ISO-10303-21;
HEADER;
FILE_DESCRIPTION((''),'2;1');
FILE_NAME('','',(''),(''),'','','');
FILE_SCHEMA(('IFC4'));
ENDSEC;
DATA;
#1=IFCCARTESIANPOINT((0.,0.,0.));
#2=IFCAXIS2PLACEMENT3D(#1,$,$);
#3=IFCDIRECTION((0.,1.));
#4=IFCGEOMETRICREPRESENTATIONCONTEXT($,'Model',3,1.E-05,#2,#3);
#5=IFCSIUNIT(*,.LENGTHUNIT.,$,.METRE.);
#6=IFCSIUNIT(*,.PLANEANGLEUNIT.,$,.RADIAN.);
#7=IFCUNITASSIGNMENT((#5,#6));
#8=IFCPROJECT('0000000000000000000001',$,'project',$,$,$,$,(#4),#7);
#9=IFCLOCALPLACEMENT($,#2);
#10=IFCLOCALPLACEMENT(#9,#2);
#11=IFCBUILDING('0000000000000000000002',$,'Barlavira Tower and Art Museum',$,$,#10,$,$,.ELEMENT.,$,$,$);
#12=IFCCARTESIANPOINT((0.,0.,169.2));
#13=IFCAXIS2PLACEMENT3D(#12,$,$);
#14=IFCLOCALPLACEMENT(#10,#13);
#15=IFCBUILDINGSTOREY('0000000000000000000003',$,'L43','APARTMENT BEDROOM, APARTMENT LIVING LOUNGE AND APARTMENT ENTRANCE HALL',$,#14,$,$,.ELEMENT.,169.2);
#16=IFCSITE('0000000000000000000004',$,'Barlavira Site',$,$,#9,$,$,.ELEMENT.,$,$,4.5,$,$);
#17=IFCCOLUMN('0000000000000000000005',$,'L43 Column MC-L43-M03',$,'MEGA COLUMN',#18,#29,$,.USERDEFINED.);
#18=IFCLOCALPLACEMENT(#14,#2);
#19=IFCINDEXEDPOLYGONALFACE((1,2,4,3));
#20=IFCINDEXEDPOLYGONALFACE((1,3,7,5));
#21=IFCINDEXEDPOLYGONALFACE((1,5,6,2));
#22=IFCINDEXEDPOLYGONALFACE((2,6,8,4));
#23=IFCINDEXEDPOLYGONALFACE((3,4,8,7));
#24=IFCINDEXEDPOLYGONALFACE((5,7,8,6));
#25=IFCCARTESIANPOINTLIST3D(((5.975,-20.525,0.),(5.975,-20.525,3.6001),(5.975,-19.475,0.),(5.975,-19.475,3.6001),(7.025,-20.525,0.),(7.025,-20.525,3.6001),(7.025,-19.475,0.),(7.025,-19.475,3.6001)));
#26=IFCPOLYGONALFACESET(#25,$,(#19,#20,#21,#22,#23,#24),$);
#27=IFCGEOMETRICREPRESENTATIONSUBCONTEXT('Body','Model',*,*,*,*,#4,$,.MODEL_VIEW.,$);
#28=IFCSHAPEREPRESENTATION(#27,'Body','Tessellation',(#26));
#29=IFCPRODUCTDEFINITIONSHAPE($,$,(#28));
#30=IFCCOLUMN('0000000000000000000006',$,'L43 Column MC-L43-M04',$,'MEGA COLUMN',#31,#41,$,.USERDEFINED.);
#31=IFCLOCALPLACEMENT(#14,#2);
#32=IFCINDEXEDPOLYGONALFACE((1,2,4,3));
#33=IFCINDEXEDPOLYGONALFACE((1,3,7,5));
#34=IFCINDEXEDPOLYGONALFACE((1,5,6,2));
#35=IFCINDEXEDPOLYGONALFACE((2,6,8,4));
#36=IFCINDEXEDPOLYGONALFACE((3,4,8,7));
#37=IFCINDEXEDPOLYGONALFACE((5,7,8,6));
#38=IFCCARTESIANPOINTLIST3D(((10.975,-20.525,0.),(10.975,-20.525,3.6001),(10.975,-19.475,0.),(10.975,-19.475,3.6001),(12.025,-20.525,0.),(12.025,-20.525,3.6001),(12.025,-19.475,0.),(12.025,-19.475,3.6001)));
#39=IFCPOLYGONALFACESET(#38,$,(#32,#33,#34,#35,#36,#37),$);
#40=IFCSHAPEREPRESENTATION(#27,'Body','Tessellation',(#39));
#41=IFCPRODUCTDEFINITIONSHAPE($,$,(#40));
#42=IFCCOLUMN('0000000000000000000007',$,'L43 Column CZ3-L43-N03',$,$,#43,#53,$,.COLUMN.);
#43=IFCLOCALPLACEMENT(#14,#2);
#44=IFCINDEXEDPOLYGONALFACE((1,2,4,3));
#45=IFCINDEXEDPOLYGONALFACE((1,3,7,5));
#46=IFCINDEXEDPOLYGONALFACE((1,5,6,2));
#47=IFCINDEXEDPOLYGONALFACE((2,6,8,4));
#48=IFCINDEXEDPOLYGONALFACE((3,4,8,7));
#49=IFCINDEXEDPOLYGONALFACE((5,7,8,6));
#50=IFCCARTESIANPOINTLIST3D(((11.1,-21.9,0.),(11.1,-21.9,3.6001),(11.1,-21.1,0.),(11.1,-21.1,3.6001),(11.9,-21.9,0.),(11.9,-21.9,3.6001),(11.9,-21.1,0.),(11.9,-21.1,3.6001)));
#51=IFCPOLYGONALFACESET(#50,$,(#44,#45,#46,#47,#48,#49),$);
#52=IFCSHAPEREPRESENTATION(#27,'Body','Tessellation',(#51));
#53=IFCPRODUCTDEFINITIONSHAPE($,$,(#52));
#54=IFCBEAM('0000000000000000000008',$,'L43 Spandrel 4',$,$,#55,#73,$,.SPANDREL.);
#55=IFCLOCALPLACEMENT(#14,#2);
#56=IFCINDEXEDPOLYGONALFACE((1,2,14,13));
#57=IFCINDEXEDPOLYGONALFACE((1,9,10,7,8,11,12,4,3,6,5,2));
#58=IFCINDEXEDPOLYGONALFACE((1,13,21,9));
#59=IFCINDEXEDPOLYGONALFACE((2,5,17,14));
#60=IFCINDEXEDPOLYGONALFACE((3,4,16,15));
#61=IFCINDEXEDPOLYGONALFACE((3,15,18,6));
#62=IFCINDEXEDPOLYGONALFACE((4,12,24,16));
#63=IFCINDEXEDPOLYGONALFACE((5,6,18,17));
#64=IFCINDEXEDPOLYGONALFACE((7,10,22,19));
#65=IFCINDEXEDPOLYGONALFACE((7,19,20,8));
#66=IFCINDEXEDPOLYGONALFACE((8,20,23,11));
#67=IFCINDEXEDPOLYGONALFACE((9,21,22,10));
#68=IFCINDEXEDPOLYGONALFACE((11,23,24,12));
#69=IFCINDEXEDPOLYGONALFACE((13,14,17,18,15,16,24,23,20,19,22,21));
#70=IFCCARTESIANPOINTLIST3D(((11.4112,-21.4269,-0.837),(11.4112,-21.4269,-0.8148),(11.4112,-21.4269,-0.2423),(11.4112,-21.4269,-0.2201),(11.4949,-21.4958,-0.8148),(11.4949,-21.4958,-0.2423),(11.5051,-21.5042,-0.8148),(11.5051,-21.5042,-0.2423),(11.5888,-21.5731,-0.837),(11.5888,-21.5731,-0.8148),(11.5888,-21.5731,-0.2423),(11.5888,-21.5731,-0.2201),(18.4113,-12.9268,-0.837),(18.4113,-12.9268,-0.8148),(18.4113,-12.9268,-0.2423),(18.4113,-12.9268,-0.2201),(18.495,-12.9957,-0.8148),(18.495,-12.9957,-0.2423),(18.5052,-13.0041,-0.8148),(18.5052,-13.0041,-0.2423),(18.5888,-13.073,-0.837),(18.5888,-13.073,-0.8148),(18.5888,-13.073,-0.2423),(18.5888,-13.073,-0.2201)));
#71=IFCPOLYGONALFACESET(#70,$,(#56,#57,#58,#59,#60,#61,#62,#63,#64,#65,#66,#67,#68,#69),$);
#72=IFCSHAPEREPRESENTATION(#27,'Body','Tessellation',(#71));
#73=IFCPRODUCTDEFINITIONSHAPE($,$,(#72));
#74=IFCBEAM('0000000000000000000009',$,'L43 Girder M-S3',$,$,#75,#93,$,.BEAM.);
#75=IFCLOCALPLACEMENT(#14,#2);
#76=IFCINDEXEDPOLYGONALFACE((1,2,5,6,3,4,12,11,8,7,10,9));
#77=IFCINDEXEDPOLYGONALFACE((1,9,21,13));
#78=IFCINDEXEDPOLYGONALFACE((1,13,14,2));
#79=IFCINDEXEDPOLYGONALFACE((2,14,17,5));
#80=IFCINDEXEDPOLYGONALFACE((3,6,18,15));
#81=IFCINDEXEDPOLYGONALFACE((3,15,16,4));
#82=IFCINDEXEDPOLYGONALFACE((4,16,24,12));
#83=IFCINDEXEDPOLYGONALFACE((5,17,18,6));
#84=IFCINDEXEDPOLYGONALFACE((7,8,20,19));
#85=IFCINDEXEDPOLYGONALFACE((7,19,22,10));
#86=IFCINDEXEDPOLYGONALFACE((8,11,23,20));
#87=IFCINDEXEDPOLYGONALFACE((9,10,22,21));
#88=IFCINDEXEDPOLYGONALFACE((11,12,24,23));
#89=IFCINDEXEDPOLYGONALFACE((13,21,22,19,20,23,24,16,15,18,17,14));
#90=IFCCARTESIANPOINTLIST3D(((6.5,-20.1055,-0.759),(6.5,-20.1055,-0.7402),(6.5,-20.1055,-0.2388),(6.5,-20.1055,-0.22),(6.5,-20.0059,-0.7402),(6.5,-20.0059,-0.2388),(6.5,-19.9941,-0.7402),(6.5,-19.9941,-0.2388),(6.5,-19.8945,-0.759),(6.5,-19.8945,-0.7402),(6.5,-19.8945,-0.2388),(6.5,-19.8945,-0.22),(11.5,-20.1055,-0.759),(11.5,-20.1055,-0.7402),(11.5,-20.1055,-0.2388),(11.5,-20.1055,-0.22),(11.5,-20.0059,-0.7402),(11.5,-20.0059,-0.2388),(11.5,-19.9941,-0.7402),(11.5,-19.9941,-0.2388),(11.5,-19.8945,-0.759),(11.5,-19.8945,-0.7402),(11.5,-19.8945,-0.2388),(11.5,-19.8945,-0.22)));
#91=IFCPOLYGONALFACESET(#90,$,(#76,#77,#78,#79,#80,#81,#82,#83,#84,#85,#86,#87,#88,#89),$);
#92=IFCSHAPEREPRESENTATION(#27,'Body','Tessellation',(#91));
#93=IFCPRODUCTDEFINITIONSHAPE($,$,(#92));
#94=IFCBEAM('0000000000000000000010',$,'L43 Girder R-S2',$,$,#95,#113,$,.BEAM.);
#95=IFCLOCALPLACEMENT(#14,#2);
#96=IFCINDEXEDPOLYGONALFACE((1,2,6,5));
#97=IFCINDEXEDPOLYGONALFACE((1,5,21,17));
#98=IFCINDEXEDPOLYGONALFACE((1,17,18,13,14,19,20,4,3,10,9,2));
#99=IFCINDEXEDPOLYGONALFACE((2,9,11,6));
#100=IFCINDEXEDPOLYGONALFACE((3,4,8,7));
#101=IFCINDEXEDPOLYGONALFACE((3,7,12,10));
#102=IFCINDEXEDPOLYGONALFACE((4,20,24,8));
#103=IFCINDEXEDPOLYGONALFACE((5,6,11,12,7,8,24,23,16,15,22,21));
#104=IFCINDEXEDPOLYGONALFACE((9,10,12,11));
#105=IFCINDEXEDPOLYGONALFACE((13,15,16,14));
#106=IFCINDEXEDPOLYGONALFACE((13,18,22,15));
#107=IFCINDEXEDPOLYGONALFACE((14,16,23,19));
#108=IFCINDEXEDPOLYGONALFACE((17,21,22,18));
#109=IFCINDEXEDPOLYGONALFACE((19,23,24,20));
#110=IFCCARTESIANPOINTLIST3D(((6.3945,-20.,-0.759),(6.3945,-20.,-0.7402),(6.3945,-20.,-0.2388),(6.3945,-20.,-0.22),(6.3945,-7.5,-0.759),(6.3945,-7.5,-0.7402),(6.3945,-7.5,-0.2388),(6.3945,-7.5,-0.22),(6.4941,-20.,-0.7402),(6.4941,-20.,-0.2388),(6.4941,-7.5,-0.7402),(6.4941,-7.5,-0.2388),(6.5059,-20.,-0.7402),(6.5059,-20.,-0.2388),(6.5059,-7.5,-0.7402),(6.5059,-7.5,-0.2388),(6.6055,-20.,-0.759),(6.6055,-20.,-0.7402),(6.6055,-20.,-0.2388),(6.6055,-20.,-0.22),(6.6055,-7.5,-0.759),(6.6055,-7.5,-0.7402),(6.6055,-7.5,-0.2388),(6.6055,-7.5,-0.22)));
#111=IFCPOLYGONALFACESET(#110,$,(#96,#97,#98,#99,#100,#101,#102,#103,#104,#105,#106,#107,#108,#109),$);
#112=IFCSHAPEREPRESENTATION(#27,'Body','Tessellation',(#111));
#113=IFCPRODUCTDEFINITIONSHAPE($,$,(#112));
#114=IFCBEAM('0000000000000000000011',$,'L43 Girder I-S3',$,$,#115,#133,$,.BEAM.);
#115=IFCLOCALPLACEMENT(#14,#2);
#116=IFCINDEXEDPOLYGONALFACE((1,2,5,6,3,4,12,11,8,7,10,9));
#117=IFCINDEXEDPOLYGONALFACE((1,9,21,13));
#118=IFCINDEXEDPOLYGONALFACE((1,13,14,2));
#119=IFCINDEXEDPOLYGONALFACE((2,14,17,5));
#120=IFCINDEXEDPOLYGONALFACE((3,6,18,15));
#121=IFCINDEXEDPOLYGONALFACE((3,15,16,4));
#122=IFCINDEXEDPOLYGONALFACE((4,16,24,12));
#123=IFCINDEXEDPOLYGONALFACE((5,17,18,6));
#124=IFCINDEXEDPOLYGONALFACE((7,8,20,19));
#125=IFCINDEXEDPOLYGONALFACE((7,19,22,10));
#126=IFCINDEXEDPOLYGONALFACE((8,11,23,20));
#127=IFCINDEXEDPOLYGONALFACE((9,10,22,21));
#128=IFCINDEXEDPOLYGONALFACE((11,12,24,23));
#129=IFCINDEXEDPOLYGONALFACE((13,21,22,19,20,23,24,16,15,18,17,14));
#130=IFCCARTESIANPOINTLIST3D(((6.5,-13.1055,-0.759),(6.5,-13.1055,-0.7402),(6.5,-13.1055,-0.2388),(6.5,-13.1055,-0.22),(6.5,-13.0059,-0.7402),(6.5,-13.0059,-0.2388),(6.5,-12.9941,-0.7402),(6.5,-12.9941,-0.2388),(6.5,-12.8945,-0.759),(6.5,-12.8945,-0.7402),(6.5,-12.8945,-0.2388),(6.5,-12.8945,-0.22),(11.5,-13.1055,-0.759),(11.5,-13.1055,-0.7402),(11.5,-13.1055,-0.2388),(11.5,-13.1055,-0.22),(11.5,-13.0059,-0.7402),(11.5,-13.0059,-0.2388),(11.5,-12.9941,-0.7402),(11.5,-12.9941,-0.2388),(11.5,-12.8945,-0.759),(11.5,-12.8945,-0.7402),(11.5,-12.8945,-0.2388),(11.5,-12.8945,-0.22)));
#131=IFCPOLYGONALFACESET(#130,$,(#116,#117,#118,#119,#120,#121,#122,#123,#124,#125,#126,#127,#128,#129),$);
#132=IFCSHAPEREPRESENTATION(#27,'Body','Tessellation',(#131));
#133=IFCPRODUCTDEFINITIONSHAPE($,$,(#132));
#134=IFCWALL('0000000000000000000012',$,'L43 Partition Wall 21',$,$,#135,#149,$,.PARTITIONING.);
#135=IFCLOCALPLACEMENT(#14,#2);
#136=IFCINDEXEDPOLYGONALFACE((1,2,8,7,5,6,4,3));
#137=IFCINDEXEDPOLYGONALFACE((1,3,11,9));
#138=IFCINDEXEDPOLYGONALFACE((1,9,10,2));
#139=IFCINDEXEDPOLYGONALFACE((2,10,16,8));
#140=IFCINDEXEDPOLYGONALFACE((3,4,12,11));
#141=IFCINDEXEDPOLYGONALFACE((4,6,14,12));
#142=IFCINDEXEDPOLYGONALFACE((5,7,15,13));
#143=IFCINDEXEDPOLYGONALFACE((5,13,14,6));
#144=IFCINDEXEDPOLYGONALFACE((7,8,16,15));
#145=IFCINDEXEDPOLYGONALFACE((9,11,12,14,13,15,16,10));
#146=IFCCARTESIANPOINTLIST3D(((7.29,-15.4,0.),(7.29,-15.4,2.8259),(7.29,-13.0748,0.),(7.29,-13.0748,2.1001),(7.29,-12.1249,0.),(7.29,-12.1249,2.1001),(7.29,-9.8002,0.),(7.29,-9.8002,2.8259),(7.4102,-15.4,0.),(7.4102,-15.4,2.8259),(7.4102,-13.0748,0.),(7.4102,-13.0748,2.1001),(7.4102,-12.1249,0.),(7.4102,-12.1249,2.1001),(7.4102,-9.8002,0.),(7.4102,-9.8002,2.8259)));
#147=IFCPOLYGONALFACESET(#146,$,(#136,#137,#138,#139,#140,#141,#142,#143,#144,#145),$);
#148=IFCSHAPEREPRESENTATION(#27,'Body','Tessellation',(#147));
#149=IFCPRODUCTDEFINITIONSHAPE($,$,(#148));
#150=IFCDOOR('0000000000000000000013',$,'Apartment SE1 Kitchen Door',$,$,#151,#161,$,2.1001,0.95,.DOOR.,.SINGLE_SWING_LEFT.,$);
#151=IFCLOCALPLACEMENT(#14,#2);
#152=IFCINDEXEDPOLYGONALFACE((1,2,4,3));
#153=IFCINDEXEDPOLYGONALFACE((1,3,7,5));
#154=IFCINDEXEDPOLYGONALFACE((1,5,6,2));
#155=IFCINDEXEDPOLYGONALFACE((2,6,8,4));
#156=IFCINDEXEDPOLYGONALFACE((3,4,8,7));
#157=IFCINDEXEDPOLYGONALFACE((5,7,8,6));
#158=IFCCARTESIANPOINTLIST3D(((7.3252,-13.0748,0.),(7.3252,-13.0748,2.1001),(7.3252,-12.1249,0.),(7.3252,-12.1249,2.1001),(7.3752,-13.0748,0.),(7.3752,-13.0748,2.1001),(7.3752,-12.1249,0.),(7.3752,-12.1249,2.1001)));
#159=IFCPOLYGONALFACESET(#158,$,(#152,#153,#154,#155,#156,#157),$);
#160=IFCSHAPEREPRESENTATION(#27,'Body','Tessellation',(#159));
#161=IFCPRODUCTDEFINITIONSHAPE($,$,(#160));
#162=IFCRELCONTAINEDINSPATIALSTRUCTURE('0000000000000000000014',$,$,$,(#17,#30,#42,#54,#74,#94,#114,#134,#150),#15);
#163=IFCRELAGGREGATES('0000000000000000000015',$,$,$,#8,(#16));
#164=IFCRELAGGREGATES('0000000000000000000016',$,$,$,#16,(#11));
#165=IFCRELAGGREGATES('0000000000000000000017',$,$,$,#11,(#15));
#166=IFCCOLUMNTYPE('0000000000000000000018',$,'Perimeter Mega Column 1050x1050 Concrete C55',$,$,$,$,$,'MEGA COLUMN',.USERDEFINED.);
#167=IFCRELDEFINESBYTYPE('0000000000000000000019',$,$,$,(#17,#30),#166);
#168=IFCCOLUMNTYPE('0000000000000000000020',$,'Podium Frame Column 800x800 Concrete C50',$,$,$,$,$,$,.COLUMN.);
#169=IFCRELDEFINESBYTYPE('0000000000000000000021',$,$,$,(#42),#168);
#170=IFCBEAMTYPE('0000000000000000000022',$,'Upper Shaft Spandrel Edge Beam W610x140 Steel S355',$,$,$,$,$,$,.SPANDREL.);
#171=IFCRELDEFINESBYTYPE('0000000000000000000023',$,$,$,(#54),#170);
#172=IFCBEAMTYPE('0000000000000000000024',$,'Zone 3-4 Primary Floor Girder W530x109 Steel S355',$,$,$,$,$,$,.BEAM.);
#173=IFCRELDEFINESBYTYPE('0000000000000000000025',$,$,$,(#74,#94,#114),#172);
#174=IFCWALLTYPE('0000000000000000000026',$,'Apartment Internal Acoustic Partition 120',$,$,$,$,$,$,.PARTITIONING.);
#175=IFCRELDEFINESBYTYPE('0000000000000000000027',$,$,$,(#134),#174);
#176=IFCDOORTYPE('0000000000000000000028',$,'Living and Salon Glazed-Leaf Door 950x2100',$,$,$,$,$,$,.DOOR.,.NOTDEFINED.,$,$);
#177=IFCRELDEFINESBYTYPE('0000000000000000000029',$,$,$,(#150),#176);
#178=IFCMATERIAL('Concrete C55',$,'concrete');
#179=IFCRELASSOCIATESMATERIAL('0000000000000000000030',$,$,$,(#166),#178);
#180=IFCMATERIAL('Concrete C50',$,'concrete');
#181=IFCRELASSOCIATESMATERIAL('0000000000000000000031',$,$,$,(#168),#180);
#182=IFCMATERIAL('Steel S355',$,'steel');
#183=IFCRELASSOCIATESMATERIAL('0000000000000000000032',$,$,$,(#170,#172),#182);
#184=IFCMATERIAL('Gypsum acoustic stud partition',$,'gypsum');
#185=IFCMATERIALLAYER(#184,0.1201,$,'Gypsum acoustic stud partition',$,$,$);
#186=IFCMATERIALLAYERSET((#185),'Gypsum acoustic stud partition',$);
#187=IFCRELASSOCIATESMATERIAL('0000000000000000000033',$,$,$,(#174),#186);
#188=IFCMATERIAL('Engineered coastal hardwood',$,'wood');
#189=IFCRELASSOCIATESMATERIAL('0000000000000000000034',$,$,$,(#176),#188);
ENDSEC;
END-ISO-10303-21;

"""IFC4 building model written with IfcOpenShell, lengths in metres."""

from ifc_helpers import new_model, si_unit, direction, frame, frame_2d, origin, origin_2d, place, context, subcontext, project, spatial, rectangle, i_section, extrude, material, layer, layer_set, material_profile, profile_set, type_object, element, fill, save


model = new_model("IFC4")

# Units and contexts
model_context = context("Model", 3, precision=1e-05, world=origin(), true_north=direction((0.0, 1.0)))
body_context = subcontext(model_context, "Body", "Model", "MODEL_VIEW")
ifc_project = project(units=[si_unit("LENGTHUNIT", "METRE"), si_unit("PLANEANGLEUNIT", "RADIAN")], contexts=[model_context])

# Site, building, storey
site_placement = place(None, origin())
site = spatial("IfcSite", under=ifc_project, at=site_placement, Name="Barlavira Site", CompositionType="ELEMENT", RefElevation=4.5)
building_placement = place(site_placement, origin())
building = spatial("IfcBuilding", under=site, at=building_placement, Name="Barlavira Tower and Art Museum", CompositionType="ELEMENT")
storey_placement = place(building_placement, frame((0.0, 0.0, 169.2)))
storey = spatial("IfcBuildingStorey", under=building, at=storey_placement, Name="L43", Description="APARTMENT BEDROOM, APARTMENT LIVING LOUNGE AND APARTMENT ENTRANCE HALL", CompositionType="ELEMENT", Elevation=169.2)

# Columns
ifc_material_1 = material(Name="Concrete C55", Category="concrete")
ifc_material_profile_1 = material_profile(ifc_material_1, rectangle(XDim=1.05, YDim=1.05, at=origin_2d()), Name="RC-COL 1050x1050")
ifc_profile_set_1 = profile_set([ifc_material_profile_1], Name="Concrete C55")
column_type_1 = type_object("IfcColumnType", Name="Perimeter Mega Column 1050x1050 Concrete C55", ElementType="MEGA COLUMN", PredefinedType="USERDEFINED", material=ifc_profile_set_1)
for number, where, z_axis, x_axis, name in (
    (1, (6.5, -20.0, 0.0), (0.0, 0.0, 1.0), (1.0, 0.0, 0.0), "L43 Column MC-L43-M03"),
    (2, (11.5, -20.0, 0.0), (0.0, 0.0, 1.0), (1.0, 0.0, 0.0), "L43 Column MC-L43-M04"),
):
    element("IfcColumn", number, at=place(storey_placement, frame(where, z_axis=z_axis, x_axis=x_axis)), inside=storey, type_object=column_type_1, Name=name, ObjectType="MEGA COLUMN", PredefinedType="USERDEFINED", context=body_context, shape_type="SweptSolid", body=[
        extrude(rectangle(XDim=1.05, YDim=1.05, at=origin_2d()), origin(), (0.0, 0.0, 1.0), 3.6001),
    ])
ifc_material_2 = material(Name="Concrete C50", Category="concrete")
ifc_material_profile_2 = material_profile(ifc_material_2, rectangle(XDim=0.8, YDim=0.8, at=origin_2d()), Name="RC-COL 800x800")
ifc_profile_set_2 = profile_set([ifc_material_profile_2], Name="Concrete C50")
column_type_2 = type_object("IfcColumnType", Name="Podium Frame Column 800x800 Concrete C50", PredefinedType="COLUMN", material=ifc_profile_set_2)
column_placement = place(storey_placement, frame((11.5, -21.5, 0.0), z_axis=(0.0, 0.0, 1.0), x_axis=(1.0, 0.0, 0.0)))
element("IfcColumn", 3, at=column_placement, inside=storey, type_object=column_type_2, Name="L43 Column CZ3-L43-N03", PredefinedType="COLUMN", context=body_context, shape_type="SweptSolid", body=[
    extrude(rectangle(XDim=0.8, YDim=0.8, at=origin_2d()), origin(), (0.0, 0.0, 1.0), 3.6001),
])

# Beams
ifc_material_3 = material(Name="Steel S355", Category="steel")
ifc_material_profile_3 = material_profile(ifc_material_3, i_section(OverallWidth=0.23, OverallDepth=0.6169, WebThickness=0.0132, FlangeThickness=0.0222, at=origin_2d()), Name="W610x140.0")
ifc_profile_set_3 = profile_set([ifc_material_profile_3], Name="Steel S355")
beam_type_1 = type_object("IfcBeamType", Name="Upper Shaft Spandrel Edge Beam W610x140 Steel S355", PredefinedType="SPANDREL", material=ifc_profile_set_3)
beam_1_placement = place(storey_placement, frame((11.5, -21.5, -0.5286), z_axis=(0.635707, 0.77193, 0.0), x_axis=(-0.77193, 0.635707, 0.0)))
element("IfcBeam", 4, at=beam_1_placement, inside=storey, type_object=beam_type_1, Name="L43 Spandrel 4", PredefinedType="SPANDREL", context=body_context, shape_type="SweptSolid", body=[
    extrude(i_section(OverallWidth=0.23, OverallDepth=0.6169, WebThickness=0.0132, FlangeThickness=0.0222, at=origin_2d()), origin(), (0.0, 0.0, 1.0), 11.0115),
])
ifc_material_profile_4 = material_profile(ifc_material_3, i_section(OverallWidth=0.2109, OverallDepth=0.5391, WebThickness=0.0117, FlangeThickness=0.0188, at=origin_2d()), Name="W530x109.0")
ifc_profile_set_4 = profile_set([ifc_material_profile_4], Name="Steel S355")
beam_type_2 = type_object("IfcBeamType", Name="Zone 3-4 Primary Floor Girder W530x109 Steel S355", PredefinedType="BEAM", material=ifc_profile_set_4)
beam_2_placement = place(storey_placement, frame((6.5, -20.0, -0.4895), z_axis=(1.0, 0.0, 0.0), x_axis=(0.0, 1.0, 0.0)))
element("IfcBeam", 5, at=beam_2_placement, inside=storey, type_object=beam_type_2, Name="L43 Girder M-S3", PredefinedType="BEAM", context=body_context, shape_type="SweptSolid", body=[
    extrude(i_section(OverallWidth=0.2109, OverallDepth=0.5391, WebThickness=0.0117, FlangeThickness=0.0188, at=origin_2d()), origin(), (0.0, 0.0, 1.0), 5.0),
])
beam_3_placement = place(storey_placement, frame((6.5, -20.0, -0.4895), z_axis=(0.0, 1.0, 0.0), x_axis=(-1.0, 0.0, 0.0)))
element("IfcBeam", 6, at=beam_3_placement, inside=storey, type_object=beam_type_2, Name="L43 Girder R-S2", PredefinedType="BEAM", context=body_context, shape_type="SweptSolid", body=[
    extrude(i_section(OverallWidth=0.2109, OverallDepth=0.5391, WebThickness=0.0117, FlangeThickness=0.0188, at=origin_2d()), origin(), (0.0, 0.0, 1.0), 12.5),
])
beam_4_placement = place(storey_placement, frame((6.5, -13.0, -0.4895), z_axis=(1.0, 0.0, 0.0), x_axis=(0.0, 1.0, 0.0)))
element("IfcBeam", 7, at=beam_4_placement, inside=storey, type_object=beam_type_2, Name="L43 Girder I-S3", PredefinedType="BEAM", context=body_context, shape_type="SweptSolid", body=[
    extrude(i_section(OverallWidth=0.2109, OverallDepth=0.5391, WebThickness=0.0117, FlangeThickness=0.0188, at=origin_2d()), origin(), (0.0, 0.0, 1.0), 5.0),
])

# Wall, opening, door
ifc_material_4 = material(Name="Gypsum acoustic stud partition", Category="gypsum")
ifc_layer_1 = layer(ifc_material_4, 0.1201, Name="Gypsum acoustic stud partition")
ifc_layer_set_1 = layer_set([ifc_layer_1], Name="Gypsum acoustic stud partition")
wall_type_1 = type_object("IfcWallType", Name="Apartment Internal Acoustic Partition 120", PredefinedType="PARTITIONING", material=ifc_layer_set_1)
wall_1_placement = place(storey_placement, frame((7.3501, -15.3999, 0.0), z_axis=(0.0, 0.0, 1.0), x_axis=(0.0, 1.0, 0.0)))
wall_1 = element("IfcWall", 8, at=wall_1_placement, inside=storey, type_object=wall_type_1, Name="L43 Partition Wall 21", PredefinedType="PARTITIONING", context=body_context, shape_type="SweptSolid", body=[
    extrude(rectangle(XDim=5.5999, YDim=0.1201, at=frame_2d((2.7998, 0.0))), origin(), (0.0, 0.0, 1.0), 2.8259),
])
opening_1_placement = place(wall_1_placement, frame((2.325, 0.0, 0.0)))
opening_1 = element("IfcOpeningElement", 9, at=opening_1_placement, cuts=wall_1, PredefinedType="OPENING", context=body_context, shape_type="SweptSolid", body=[
    extrude(rectangle(XDim=0.95, YDim=2.1001, at=frame_2d((0.4751, 1.05))), frame((0.0, 0.0701, 0.0), z_axis=(0.0, -1.0, 0.0), x_axis=(1.0, 0.0, 0.0)), (0.0, 0.0, 1.0), 0.1401),
])
ifc_material_5 = material(Name="Engineered coastal hardwood", Category="wood")
door_type_1 = type_object("IfcDoorType", Name="Living and Salon Glazed-Leaf Door 950x2100", OperationType="NOTDEFINED", PredefinedType="DOOR", material=ifc_material_5)
door_1_placement = place(opening_1_placement, origin())
door_1 = element("IfcDoor", 10, at=door_1_placement, inside=storey, type_object=door_type_1, Name="Apartment SE1 Kitchen Door", OperationType="SINGLE_SWING_LEFT", OverallHeight=2.1001, OverallWidth=0.95, PredefinedType="DOOR", context=body_context, shape_type="SweptSolid", body=[
    extrude(rectangle(XDim=0.95, YDim=2.1001, at=frame_2d((0.4751, 1.05))), frame((0.0, 0.0249, 0.0), z_axis=(0.0, -1.0, 0.0), x_axis=(1.0, 0.0, 0.0)), (0.0, 0.0, 1.0), 0.05),
])
fill(opening_1, door_1)

save(model, "model.ifc")
